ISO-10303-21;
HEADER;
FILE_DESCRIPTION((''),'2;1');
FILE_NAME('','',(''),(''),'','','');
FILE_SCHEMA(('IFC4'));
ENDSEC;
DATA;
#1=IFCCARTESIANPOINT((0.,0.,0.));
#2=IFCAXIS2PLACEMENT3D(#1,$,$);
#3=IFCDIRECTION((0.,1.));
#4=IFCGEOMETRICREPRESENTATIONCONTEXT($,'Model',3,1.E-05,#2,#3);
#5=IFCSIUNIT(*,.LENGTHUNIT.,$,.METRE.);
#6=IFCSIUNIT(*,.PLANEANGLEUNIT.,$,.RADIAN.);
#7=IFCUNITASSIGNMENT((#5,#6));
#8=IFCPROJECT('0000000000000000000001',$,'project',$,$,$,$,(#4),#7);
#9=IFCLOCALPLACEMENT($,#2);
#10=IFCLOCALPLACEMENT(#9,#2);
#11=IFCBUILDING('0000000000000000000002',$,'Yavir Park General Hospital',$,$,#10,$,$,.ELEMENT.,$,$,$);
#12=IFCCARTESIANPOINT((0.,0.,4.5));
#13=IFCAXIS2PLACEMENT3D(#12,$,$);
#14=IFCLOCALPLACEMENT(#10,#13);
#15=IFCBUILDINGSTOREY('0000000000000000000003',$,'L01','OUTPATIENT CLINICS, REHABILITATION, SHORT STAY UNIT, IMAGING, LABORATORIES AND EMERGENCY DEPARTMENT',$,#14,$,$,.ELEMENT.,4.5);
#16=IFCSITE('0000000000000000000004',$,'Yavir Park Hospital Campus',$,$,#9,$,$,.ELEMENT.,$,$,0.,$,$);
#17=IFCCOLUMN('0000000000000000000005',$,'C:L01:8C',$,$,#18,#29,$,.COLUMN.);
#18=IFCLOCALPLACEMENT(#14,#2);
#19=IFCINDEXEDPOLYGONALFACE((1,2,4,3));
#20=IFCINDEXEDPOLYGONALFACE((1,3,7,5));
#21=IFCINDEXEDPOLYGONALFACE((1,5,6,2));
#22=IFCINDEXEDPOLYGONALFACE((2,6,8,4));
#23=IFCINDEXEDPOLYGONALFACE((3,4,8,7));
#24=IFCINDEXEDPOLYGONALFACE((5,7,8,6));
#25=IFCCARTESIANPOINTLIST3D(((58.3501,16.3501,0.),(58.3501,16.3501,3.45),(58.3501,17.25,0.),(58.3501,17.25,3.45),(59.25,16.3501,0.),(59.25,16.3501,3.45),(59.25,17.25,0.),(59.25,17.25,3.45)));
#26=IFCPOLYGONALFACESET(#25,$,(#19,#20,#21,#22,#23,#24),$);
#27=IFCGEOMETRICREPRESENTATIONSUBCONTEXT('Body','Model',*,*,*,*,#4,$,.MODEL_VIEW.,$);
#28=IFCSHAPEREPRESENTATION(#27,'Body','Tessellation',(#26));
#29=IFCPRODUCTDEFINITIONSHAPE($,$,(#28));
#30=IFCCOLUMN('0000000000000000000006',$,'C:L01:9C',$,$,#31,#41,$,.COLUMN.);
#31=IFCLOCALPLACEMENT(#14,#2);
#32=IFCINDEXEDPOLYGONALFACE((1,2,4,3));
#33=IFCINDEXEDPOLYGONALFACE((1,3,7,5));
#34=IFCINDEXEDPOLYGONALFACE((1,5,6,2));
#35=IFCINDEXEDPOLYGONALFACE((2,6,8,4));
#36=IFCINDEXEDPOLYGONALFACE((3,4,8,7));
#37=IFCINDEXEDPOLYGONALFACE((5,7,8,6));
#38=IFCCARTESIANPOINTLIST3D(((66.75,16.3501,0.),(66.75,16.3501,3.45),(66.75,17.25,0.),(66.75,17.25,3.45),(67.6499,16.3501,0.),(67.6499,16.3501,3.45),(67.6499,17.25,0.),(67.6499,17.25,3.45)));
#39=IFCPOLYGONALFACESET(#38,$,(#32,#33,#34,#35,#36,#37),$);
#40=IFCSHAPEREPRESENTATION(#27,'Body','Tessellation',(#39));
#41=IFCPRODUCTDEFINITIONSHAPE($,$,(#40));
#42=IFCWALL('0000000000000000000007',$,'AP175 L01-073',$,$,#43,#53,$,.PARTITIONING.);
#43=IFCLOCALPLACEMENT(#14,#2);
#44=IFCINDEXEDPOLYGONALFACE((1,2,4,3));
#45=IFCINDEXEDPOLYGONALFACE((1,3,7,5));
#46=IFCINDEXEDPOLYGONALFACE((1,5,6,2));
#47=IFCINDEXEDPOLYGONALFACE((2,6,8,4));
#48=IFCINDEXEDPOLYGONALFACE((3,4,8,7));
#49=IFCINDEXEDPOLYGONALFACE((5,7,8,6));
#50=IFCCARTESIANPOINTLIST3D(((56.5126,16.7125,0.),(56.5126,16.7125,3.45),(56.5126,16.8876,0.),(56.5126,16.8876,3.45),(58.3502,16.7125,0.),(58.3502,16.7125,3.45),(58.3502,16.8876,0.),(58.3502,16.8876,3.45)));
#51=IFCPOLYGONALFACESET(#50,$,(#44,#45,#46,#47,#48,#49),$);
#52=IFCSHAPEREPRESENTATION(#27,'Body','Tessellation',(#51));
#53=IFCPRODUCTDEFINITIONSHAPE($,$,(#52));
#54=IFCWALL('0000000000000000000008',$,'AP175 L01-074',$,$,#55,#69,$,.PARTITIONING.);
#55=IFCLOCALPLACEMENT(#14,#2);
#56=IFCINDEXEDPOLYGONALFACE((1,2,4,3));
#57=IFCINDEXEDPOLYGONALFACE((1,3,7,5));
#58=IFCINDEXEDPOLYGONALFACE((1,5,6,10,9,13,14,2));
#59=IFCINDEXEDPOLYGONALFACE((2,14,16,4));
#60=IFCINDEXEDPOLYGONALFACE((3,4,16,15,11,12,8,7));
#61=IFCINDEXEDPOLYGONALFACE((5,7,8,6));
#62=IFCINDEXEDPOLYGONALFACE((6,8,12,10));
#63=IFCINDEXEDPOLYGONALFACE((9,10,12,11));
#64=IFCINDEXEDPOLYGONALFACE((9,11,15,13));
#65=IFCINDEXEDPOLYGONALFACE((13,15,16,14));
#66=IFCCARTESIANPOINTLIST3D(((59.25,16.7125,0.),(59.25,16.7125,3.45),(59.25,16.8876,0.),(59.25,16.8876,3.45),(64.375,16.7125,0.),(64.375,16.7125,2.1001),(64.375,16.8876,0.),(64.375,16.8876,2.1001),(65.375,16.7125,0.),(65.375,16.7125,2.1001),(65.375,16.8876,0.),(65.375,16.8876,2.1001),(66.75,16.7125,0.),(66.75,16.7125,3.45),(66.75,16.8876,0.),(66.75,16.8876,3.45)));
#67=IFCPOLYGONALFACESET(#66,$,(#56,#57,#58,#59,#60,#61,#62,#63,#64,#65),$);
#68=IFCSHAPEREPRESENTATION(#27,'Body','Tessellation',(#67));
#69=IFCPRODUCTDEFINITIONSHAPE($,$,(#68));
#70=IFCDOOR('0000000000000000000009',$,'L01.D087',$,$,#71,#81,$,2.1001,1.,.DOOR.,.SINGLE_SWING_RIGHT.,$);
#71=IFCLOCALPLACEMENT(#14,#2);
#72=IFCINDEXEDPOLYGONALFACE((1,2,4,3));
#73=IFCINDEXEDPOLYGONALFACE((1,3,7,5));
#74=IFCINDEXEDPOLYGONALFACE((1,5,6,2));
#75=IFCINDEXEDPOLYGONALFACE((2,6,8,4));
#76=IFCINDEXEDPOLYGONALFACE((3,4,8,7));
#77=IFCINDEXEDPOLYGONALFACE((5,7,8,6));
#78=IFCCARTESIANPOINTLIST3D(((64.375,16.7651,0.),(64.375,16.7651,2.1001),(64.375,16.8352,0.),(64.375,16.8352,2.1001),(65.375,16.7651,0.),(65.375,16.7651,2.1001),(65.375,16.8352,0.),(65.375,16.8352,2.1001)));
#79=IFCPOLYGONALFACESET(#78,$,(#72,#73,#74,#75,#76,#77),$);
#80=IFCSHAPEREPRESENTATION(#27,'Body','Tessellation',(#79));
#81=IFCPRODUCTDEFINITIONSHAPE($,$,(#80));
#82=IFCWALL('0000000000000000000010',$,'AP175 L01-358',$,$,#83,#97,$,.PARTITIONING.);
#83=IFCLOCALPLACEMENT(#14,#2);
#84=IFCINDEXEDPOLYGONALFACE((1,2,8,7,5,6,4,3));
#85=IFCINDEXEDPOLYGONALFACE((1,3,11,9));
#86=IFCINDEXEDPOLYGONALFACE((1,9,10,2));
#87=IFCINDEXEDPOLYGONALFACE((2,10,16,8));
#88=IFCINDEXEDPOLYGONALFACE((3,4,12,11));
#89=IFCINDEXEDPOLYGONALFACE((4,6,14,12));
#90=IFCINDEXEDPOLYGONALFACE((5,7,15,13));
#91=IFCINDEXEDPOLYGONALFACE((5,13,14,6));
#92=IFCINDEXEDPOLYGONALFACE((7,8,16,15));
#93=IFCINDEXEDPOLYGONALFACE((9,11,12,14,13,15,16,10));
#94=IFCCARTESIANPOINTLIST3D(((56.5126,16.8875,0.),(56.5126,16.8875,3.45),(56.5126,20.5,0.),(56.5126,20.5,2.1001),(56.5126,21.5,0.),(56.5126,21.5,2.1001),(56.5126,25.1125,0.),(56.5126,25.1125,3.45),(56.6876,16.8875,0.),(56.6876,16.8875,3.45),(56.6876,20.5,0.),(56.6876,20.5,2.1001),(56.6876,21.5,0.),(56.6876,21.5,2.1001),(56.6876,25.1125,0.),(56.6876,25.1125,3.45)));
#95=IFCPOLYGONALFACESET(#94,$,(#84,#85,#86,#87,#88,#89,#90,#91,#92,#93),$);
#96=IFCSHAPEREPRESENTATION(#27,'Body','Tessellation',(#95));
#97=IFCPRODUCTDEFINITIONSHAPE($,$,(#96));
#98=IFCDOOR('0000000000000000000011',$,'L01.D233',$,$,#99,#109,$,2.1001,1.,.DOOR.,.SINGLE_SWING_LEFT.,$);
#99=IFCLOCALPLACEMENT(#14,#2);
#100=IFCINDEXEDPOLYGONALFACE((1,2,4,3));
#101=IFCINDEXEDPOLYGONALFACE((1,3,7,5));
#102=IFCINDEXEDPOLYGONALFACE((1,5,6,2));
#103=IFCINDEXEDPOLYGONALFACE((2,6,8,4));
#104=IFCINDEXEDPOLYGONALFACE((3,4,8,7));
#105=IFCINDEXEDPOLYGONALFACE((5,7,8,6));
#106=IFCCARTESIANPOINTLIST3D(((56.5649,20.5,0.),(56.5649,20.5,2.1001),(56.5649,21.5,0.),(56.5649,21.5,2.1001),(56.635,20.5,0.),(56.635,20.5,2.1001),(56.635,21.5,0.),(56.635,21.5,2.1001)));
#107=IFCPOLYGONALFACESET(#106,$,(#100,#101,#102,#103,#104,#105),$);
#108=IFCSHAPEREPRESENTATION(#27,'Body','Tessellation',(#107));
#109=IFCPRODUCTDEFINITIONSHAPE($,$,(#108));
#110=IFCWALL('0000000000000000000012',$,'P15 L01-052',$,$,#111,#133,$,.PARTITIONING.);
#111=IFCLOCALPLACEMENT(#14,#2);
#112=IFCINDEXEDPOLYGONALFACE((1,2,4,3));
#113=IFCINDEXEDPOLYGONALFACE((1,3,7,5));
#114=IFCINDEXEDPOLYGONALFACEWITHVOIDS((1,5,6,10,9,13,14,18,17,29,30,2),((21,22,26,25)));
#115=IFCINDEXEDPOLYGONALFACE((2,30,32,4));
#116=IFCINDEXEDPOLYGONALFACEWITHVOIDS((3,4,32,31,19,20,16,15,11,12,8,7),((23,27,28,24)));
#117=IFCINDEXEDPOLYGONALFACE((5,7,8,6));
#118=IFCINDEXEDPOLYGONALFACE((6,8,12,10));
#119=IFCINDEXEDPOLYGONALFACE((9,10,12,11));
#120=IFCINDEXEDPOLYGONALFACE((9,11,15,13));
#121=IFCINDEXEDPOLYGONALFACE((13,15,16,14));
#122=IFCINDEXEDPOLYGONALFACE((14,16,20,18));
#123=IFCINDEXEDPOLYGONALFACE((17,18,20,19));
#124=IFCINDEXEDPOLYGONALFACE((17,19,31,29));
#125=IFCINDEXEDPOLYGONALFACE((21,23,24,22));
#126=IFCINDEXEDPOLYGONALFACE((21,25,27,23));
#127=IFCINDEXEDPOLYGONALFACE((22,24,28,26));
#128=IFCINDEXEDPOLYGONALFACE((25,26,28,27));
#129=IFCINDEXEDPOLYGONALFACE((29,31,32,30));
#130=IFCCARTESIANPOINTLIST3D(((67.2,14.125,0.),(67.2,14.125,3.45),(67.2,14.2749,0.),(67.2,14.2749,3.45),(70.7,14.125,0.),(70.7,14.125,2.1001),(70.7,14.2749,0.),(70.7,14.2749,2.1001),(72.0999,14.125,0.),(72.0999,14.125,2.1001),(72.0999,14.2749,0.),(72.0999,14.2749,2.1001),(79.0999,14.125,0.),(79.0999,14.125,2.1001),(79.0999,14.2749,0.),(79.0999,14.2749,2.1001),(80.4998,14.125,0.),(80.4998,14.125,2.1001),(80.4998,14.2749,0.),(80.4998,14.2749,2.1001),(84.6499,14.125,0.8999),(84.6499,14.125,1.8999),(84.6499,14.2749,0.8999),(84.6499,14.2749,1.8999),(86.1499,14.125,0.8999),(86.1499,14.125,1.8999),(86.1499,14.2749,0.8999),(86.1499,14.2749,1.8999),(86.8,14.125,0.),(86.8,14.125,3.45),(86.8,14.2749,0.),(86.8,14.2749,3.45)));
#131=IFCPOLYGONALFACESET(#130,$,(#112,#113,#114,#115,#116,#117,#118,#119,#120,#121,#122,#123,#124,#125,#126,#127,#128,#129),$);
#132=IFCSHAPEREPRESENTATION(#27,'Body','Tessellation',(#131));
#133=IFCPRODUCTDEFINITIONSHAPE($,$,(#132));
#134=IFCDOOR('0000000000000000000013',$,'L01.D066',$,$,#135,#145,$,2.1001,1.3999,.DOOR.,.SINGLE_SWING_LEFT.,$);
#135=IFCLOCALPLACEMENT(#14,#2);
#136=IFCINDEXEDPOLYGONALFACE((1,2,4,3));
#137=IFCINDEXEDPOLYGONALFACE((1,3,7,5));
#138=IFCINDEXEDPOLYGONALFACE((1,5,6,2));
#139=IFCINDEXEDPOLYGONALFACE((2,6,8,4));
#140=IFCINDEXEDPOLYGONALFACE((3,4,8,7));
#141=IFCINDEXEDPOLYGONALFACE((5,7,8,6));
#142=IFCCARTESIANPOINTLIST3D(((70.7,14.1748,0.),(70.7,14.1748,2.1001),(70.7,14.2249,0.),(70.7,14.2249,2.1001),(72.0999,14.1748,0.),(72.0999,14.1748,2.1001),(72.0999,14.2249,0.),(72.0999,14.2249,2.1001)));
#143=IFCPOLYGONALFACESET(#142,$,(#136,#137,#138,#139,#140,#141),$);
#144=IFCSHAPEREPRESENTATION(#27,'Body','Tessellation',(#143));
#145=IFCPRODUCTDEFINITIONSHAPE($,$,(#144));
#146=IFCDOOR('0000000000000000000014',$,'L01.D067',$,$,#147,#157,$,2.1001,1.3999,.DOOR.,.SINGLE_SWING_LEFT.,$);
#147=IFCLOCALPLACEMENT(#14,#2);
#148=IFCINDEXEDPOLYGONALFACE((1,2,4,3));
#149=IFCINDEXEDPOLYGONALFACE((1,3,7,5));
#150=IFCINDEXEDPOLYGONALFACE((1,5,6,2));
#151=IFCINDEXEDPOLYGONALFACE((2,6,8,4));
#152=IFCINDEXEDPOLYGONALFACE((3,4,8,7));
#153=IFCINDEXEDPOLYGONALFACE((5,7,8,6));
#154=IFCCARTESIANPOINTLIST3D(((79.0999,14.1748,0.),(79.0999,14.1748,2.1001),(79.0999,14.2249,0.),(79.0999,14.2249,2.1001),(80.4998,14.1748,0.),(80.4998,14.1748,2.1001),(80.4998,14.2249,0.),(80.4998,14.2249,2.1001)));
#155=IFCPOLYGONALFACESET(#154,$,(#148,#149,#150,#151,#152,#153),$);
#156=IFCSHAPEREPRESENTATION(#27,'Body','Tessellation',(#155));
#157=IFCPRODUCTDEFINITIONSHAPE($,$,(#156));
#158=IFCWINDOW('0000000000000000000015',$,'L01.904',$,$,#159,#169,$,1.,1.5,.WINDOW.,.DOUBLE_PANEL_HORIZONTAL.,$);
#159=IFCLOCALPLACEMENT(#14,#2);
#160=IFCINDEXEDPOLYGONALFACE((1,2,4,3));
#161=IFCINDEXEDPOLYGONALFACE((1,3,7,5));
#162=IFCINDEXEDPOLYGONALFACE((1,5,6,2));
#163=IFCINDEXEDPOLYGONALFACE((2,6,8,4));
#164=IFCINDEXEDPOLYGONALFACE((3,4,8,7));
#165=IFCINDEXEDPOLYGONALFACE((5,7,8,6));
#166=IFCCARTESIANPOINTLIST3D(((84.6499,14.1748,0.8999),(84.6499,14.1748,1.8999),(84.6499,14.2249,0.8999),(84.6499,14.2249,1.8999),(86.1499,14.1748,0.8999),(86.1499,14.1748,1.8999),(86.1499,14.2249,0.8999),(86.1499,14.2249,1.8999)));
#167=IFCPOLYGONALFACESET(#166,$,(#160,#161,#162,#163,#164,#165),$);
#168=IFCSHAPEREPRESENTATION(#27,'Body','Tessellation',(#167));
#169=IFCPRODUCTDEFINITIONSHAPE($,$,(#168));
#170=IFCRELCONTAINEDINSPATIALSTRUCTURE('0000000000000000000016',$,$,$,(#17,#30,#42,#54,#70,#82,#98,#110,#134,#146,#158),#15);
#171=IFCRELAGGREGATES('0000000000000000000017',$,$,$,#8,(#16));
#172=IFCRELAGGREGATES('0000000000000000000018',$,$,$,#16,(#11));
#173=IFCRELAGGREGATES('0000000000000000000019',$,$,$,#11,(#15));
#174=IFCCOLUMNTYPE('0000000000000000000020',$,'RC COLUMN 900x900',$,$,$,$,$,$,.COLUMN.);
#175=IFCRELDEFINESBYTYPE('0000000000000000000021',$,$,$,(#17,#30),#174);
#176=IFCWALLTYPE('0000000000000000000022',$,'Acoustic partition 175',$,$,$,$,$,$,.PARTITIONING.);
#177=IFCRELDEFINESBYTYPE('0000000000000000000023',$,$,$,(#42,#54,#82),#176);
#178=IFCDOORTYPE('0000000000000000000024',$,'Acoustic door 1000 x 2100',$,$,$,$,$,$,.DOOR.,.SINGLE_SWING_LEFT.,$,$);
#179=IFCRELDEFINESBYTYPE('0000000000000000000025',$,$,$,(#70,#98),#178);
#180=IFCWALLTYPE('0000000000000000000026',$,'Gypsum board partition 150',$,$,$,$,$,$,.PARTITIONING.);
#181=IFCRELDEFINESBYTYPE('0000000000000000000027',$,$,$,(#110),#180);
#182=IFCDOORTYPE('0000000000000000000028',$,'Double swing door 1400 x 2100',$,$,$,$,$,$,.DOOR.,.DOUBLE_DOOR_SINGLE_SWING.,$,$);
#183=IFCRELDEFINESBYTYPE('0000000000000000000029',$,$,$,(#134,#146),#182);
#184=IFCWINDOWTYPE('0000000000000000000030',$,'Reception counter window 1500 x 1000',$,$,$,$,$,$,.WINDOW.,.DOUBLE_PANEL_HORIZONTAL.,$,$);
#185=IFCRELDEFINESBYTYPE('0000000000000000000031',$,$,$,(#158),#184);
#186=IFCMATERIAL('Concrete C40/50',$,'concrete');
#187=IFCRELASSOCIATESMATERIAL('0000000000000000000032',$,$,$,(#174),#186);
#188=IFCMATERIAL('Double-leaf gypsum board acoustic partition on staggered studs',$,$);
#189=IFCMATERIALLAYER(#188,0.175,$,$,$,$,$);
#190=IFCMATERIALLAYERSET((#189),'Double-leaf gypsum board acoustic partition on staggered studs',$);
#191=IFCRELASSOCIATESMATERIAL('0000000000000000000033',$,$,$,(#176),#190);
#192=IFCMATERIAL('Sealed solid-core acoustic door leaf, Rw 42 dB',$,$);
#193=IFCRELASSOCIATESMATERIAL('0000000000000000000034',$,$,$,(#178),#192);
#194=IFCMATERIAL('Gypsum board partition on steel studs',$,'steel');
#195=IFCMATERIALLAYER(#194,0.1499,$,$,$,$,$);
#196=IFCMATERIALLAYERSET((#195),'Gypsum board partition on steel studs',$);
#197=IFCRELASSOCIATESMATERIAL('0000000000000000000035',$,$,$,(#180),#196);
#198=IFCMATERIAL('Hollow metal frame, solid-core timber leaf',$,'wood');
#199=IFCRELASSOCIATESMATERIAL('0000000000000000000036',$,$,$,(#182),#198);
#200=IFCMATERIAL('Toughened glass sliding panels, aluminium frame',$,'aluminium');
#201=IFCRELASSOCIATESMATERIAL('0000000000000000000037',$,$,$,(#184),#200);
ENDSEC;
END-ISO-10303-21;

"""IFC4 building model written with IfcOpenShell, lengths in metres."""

from ifc_helpers import new_model, si_unit, direction, frame, frame_2d, origin, origin_2d, place, context, subcontext, project, spatial, rectangle, extrude, material, layer, layer_set, material_profile, profile_set, type_object, element, fill, save


model = new_model("IFC4")

# Units and contexts
model_context = context("Model", 3, precision=1e-05, world=origin(), true_north=direction((0.0, 1.0)))
body_context = subcontext(model_context, "Body", "Model", "MODEL_VIEW")
ifc_project = project(units=[si_unit("LENGTHUNIT", "METRE"), si_unit("PLANEANGLEUNIT", "RADIAN")], contexts=[model_context])

# Site, building, storey
site_placement = place(None, origin())
site = spatial("IfcSite", under=ifc_project, at=site_placement, Name="Yavir Park Hospital Campus", CompositionType="ELEMENT", RefElevation=0.0)
building_placement = place(site_placement, origin())
building = spatial("IfcBuilding", under=site, at=building_placement, Name="Yavir Park General Hospital", CompositionType="ELEMENT")
storey_placement = place(building_placement, frame((0.0, 0.0, 4.5)))
storey = spatial("IfcBuildingStorey", under=building, at=storey_placement, Name="L01", Description="OUTPATIENT CLINICS, REHABILITATION, SHORT STAY UNIT, IMAGING, LABORATORIES AND EMERGENCY DEPARTMENT", CompositionType="ELEMENT", Elevation=4.5)

# Columns
ifc_material_1 = material(Name="Concrete C40/50", Category="concrete")
ifc_material_profile = material_profile(ifc_material_1, rectangle(XDim=0.8999, YDim=0.8999, at=origin_2d()), Name="RC900x900")
ifc_profile_set = profile_set([ifc_material_profile], Name="Concrete C40/50")
column_type = type_object("IfcColumnType", Name="RC COLUMN 900x900", PredefinedType="COLUMN", material=ifc_profile_set)
for number, where, z_axis, x_axis, name in (
    (1, (58.8, 16.8, 0.0), (0.0, 0.0, 1.0), (1.0, 0.0, 0.0), "C:L01:8C"),
    (2, (67.2, 16.8, 0.0), (0.0, 0.0, 1.0), (1.0, 0.0, 0.0), "C:L01:9C"),
):
    element("IfcColumn", number, at=place(storey_placement, frame(where, z_axis=z_axis, x_axis=x_axis)), inside=storey, type_object=column_type, Name=name, PredefinedType="COLUMN", context=body_context, shape_type="SweptSolid", body=[
        extrude(rectangle(XDim=0.8999, YDim=0.8999, at=origin_2d()), origin(), (0.0, 0.0, 1.0), 3.45),
    ])

# Wall
ifc_material_2 = material(Name="Double-leaf gypsum board acoustic partition on staggered studs")
ifc_layer_1 = layer(ifc_material_2, 0.175)
ifc_layer_set_1 = layer_set([ifc_layer_1], Name="Double-leaf gypsum board acoustic partition on staggered studs")
wall_type_1 = type_object("IfcWallType", Name="Acoustic partition 175", PredefinedType="PARTITIONING", material=ifc_layer_set_1)
wall_1_placement = place(storey_placement, frame((56.5125, 16.8, 0.0), z_axis=(0.0, 0.0, 1.0), x_axis=(1.0, 0.0, 0.0)))
element("IfcWall", 3, at=wall_1_placement, inside=storey, type_object=wall_type_1, Name="AP175 L01-073", PredefinedType="PARTITIONING", context=body_context, shape_type="SweptSolid", body=[
    extrude(rectangle(XDim=1.8376, YDim=0.175, at=frame_2d((0.9189, 0.0))), origin(), (0.0, 0.0, 1.0), 3.45),
])

# Walls, openings, doors
wall_2_placement = place(storey_placement, frame((59.25, 16.8, 0.0), z_axis=(0.0, 0.0, 1.0), x_axis=(1.0, 0.0, 0.0)))
wall_2 = element("IfcWall", 4, at=wall_2_placement, inside=storey, type_object=wall_type_1, Name="AP175 L01-074", PredefinedType="PARTITIONING", context=body_context, shape_type="SweptSolid", body=[
    extrude(rectangle(XDim=7.5, YDim=0.175, at=frame_2d((3.75, 0.0))), origin(), (0.0, 0.0, 1.0), 3.45),
])
opening_1_placement = place(wall_2_placement, frame((5.125, 0.0, 0.0)))
opening_1 = element("IfcOpeningElement", 5, at=opening_1_placement, cuts=wall_2, PredefinedType="OPENING", context=body_context, shape_type="SweptSolid", body=[
    extrude(rectangle(XDim=1.0, YDim=2.1001, at=frame_2d((0.5, 1.05))), frame((0.0, 0.0974, 0.0), z_axis=(0.0, -1.0, 0.0), x_axis=(1.0, 0.0, 0.0)), (0.0, 0.0, 1.0), 0.1951),
])
ifc_material_3 = material(Name="Sealed solid-core acoustic door leaf, Rw 42 dB")
door_type_1 = type_object("IfcDoorType", Name="Acoustic door 1000 x 2100", OperationType="SINGLE_SWING_LEFT", PredefinedType="DOOR", material=ifc_material_3)
door_1_placement = place(opening_1_placement, origin())
door_1 = element("IfcDoor", 6, at=door_1_placement, inside=storey, type_object=door_type_1, Name="L01.D087", OperationType="SINGLE_SWING_RIGHT", OverallHeight=2.1001, OverallWidth=1.0, PredefinedType="DOOR", context=body_context, shape_type="SweptSolid", body=[
    extrude(rectangle(XDim=1.0, YDim=2.1001, at=frame_2d((0.5, 1.05))), frame((0.0, 0.0352, 0.0), z_axis=(0.0, -1.0, 0.0), x_axis=(1.0, 0.0, 0.0)), (0.0, 0.0, 1.0), 0.0701),
])
fill(opening_1, door_1)
wall_3_placement = place(storey_placement, frame((56.6001, 16.8875, 0.0), z_axis=(0.0, 0.0, 1.0), x_axis=(0.0, 1.0, 0.0)))
wall_3 = element("IfcWall", 7, at=wall_3_placement, inside=storey, type_object=wall_type_1, Name="AP175 L01-358", PredefinedType="PARTITIONING", context=body_context, shape_type="SweptSolid", body=[
    extrude(rectangle(XDim=8.2251, YDim=0.175, at=frame_2d((4.1125, 0.0))), origin(), (0.0, 0.0, 1.0), 3.45),
])
opening_2_placement = place(wall_3_placement, frame((3.6125, 0.0, 0.0)))
opening_2 = element("IfcOpeningElement", 8, at=opening_2_placement, cuts=wall_3, PredefinedType="OPENING", context=body_context, shape_type="SweptSolid", body=[
    extrude(rectangle(XDim=1.0, YDim=2.1001, at=frame_2d((0.5, 1.05))), frame((0.0, 0.0974, 0.0), z_axis=(0.0, -1.0, 0.0), x_axis=(1.0, 0.0, 0.0)), (0.0, 0.0, 1.0), 0.1951),
])
door_2_placement = place(opening_2_placement, origin())
door_2 = element("IfcDoor", 9, at=door_2_placement, inside=storey, type_object=door_type_1, Name="L01.D233", OperationType="SINGLE_SWING_LEFT", OverallHeight=2.1001, OverallWidth=1.0, PredefinedType="DOOR", context=body_context, shape_type="SweptSolid", body=[
    extrude(rectangle(XDim=1.0, YDim=2.1001, at=frame_2d((0.5, 1.05))), frame((0.0, 0.0352, 0.0), z_axis=(0.0, -1.0, 0.0), x_axis=(1.0, 0.0, 0.0)), (0.0, 0.0, 1.0), 0.0701),
])
fill(opening_2, door_2)

# Wall, openings, doors, window
ifc_material_4 = material(Name="Gypsum board partition on steel studs", Category="steel")
ifc_layer_2 = layer(ifc_material_4, 0.1499)
ifc_layer_set_2 = layer_set([ifc_layer_2], Name="Gypsum board partition on steel studs")
wall_type_2 = type_object("IfcWallType", Name="Gypsum board partition 150", PredefinedType="PARTITIONING", material=ifc_layer_set_2)
wall_4_placement = place(storey_placement, frame((67.2, 14.2, 0.0), z_axis=(0.0, 0.0, 1.0), x_axis=(1.0, 0.0, 0.0)))
wall_4 = element("IfcWall", 10, at=wall_4_placement, inside=storey, type_object=wall_type_2, Name="P15 L01-052", PredefinedType="PARTITIONING", context=body_context, shape_type="SweptSolid", body=[
    extrude(rectangle(XDim=19.6001, YDim=0.1499, at=frame_2d((9.8, 0.0))), origin(), (0.0, 0.0, 1.0), 3.45),
])
opening_3_placement = place(wall_4_placement, frame((3.5, 0.0, 0.0)))
opening_3 = element("IfcOpeningElement", 11, at=opening_3_placement, cuts=wall_4, PredefinedType="OPENING", context=body_context, shape_type="SweptSolid", body=[
    extrude(rectangle(XDim=1.3999, YDim=2.1001, at=frame_2d((0.7, 1.05))), frame((0.0, 0.085, 0.0), z_axis=(0.0, -1.0, 0.0), x_axis=(1.0, 0.0, 0.0)), (0.0, 0.0, 1.0), 0.1699),
])
opening_4_placement = place(wall_4_placement, frame((11.8999, 0.0, 0.0)))
opening_4 = element("IfcOpeningElement", 12, at=opening_4_placement, cuts=wall_4, PredefinedType="OPENING", context=body_context, shape_type="SweptSolid", body=[
    extrude(rectangle(XDim=1.3999, YDim=2.1001, at=frame_2d((0.7, 1.05))), frame((0.0, 0.085, 0.0), z_axis=(0.0, -1.0, 0.0), x_axis=(1.0, 0.0, 0.0)), (0.0, 0.0, 1.0), 0.1699),
])
opening_5_placement = place(wall_4_placement, frame((17.45, 0.0, 0.8999)))
opening_5 = element("IfcOpeningElement", 13, at=opening_5_placement, cuts=wall_4, PredefinedType="OPENING", context=body_context, shape_type="SweptSolid", body=[
    extrude(rectangle(XDim=1.5, YDim=1.0, at=frame_2d((0.75, 0.5))), frame((0.0, 0.085, 0.0), z_axis=(0.0, -1.0, 0.0), x_axis=(1.0, 0.0, 0.0)), (0.0, 0.0, 1.0), 0.1699),
])
ifc_material_5 = material(Name="Hollow metal frame, solid-core timber leaf", Category="wood")
door_type_2 = type_object("IfcDoorType", Name="Double swing door 1400 x 2100", OperationType="DOUBLE_DOOR_SINGLE_SWING", PredefinedType="DOOR", material=ifc_material_5)
door_3_placement = place(opening_3_placement, origin())
door_3 = element("IfcDoor", 14, at=door_3_placement, inside=storey, type_object=door_type_2, Name="L01.D066", OperationType="SINGLE_SWING_LEFT", OverallHeight=2.1001, OverallWidth=1.3999, PredefinedType="DOOR", context=body_context, shape_type="SweptSolid", body=[
    extrude(rectangle(XDim=1.3999, YDim=2.1001, at=frame_2d((0.7, 1.05))), frame((0.0, 0.0249, 0.0), z_axis=(0.0, -1.0, 0.0), x_axis=(1.0, 0.0, 0.0)), (0.0, 0.0, 1.0), 0.05),
])
fill(opening_3, door_3)
door_4_placement = place(opening_4_placement, origin())
door_4 = element("IfcDoor", 15, at=door_4_placement, inside=storey, type_object=door_type_2, Name="L01.D067", OperationType="SINGLE_SWING_LEFT", OverallHeight=2.1001, OverallWidth=1.3999, PredefinedType="DOOR", context=body_context, shape_type="SweptSolid", body=[
    extrude(rectangle(XDim=1.3999, YDim=2.1001, at=frame_2d((0.7, 1.05))), frame((0.0, 0.0249, 0.0), z_axis=(0.0, -1.0, 0.0), x_axis=(1.0, 0.0, 0.0)), (0.0, 0.0, 1.0), 0.05),
])
fill(opening_4, door_4)
ifc_material_6 = material(Name="Toughened glass sliding panels, aluminium frame", Category="aluminium")
window_type = type_object("IfcWindowType", Name="Reception counter window 1500 x 1000", PartitioningType="DOUBLE_PANEL_HORIZONTAL", PredefinedType="WINDOW", material=ifc_material_6)
window_placement = place(opening_5_placement, origin())
window = element("IfcWindow", 16, at=window_placement, inside=storey, type_object=window_type, Name="L01.904", OverallHeight=1.0, OverallWidth=1.5, PartitioningType="DOUBLE_PANEL_HORIZONTAL", PredefinedType="WINDOW", context=body_context, shape_type="SweptSolid", body=[
    extrude(rectangle(XDim=1.5, YDim=1.0, at=frame_2d((0.75, 0.5))), frame((0.0, 0.0249, 0.0), z_axis=(0.0, -1.0, 0.0), x_axis=(1.0, 0.0, 0.0)), (0.0, 0.0, 1.0), 0.05),
])
fill(opening_5, window)

save(model, "model.ifc")
